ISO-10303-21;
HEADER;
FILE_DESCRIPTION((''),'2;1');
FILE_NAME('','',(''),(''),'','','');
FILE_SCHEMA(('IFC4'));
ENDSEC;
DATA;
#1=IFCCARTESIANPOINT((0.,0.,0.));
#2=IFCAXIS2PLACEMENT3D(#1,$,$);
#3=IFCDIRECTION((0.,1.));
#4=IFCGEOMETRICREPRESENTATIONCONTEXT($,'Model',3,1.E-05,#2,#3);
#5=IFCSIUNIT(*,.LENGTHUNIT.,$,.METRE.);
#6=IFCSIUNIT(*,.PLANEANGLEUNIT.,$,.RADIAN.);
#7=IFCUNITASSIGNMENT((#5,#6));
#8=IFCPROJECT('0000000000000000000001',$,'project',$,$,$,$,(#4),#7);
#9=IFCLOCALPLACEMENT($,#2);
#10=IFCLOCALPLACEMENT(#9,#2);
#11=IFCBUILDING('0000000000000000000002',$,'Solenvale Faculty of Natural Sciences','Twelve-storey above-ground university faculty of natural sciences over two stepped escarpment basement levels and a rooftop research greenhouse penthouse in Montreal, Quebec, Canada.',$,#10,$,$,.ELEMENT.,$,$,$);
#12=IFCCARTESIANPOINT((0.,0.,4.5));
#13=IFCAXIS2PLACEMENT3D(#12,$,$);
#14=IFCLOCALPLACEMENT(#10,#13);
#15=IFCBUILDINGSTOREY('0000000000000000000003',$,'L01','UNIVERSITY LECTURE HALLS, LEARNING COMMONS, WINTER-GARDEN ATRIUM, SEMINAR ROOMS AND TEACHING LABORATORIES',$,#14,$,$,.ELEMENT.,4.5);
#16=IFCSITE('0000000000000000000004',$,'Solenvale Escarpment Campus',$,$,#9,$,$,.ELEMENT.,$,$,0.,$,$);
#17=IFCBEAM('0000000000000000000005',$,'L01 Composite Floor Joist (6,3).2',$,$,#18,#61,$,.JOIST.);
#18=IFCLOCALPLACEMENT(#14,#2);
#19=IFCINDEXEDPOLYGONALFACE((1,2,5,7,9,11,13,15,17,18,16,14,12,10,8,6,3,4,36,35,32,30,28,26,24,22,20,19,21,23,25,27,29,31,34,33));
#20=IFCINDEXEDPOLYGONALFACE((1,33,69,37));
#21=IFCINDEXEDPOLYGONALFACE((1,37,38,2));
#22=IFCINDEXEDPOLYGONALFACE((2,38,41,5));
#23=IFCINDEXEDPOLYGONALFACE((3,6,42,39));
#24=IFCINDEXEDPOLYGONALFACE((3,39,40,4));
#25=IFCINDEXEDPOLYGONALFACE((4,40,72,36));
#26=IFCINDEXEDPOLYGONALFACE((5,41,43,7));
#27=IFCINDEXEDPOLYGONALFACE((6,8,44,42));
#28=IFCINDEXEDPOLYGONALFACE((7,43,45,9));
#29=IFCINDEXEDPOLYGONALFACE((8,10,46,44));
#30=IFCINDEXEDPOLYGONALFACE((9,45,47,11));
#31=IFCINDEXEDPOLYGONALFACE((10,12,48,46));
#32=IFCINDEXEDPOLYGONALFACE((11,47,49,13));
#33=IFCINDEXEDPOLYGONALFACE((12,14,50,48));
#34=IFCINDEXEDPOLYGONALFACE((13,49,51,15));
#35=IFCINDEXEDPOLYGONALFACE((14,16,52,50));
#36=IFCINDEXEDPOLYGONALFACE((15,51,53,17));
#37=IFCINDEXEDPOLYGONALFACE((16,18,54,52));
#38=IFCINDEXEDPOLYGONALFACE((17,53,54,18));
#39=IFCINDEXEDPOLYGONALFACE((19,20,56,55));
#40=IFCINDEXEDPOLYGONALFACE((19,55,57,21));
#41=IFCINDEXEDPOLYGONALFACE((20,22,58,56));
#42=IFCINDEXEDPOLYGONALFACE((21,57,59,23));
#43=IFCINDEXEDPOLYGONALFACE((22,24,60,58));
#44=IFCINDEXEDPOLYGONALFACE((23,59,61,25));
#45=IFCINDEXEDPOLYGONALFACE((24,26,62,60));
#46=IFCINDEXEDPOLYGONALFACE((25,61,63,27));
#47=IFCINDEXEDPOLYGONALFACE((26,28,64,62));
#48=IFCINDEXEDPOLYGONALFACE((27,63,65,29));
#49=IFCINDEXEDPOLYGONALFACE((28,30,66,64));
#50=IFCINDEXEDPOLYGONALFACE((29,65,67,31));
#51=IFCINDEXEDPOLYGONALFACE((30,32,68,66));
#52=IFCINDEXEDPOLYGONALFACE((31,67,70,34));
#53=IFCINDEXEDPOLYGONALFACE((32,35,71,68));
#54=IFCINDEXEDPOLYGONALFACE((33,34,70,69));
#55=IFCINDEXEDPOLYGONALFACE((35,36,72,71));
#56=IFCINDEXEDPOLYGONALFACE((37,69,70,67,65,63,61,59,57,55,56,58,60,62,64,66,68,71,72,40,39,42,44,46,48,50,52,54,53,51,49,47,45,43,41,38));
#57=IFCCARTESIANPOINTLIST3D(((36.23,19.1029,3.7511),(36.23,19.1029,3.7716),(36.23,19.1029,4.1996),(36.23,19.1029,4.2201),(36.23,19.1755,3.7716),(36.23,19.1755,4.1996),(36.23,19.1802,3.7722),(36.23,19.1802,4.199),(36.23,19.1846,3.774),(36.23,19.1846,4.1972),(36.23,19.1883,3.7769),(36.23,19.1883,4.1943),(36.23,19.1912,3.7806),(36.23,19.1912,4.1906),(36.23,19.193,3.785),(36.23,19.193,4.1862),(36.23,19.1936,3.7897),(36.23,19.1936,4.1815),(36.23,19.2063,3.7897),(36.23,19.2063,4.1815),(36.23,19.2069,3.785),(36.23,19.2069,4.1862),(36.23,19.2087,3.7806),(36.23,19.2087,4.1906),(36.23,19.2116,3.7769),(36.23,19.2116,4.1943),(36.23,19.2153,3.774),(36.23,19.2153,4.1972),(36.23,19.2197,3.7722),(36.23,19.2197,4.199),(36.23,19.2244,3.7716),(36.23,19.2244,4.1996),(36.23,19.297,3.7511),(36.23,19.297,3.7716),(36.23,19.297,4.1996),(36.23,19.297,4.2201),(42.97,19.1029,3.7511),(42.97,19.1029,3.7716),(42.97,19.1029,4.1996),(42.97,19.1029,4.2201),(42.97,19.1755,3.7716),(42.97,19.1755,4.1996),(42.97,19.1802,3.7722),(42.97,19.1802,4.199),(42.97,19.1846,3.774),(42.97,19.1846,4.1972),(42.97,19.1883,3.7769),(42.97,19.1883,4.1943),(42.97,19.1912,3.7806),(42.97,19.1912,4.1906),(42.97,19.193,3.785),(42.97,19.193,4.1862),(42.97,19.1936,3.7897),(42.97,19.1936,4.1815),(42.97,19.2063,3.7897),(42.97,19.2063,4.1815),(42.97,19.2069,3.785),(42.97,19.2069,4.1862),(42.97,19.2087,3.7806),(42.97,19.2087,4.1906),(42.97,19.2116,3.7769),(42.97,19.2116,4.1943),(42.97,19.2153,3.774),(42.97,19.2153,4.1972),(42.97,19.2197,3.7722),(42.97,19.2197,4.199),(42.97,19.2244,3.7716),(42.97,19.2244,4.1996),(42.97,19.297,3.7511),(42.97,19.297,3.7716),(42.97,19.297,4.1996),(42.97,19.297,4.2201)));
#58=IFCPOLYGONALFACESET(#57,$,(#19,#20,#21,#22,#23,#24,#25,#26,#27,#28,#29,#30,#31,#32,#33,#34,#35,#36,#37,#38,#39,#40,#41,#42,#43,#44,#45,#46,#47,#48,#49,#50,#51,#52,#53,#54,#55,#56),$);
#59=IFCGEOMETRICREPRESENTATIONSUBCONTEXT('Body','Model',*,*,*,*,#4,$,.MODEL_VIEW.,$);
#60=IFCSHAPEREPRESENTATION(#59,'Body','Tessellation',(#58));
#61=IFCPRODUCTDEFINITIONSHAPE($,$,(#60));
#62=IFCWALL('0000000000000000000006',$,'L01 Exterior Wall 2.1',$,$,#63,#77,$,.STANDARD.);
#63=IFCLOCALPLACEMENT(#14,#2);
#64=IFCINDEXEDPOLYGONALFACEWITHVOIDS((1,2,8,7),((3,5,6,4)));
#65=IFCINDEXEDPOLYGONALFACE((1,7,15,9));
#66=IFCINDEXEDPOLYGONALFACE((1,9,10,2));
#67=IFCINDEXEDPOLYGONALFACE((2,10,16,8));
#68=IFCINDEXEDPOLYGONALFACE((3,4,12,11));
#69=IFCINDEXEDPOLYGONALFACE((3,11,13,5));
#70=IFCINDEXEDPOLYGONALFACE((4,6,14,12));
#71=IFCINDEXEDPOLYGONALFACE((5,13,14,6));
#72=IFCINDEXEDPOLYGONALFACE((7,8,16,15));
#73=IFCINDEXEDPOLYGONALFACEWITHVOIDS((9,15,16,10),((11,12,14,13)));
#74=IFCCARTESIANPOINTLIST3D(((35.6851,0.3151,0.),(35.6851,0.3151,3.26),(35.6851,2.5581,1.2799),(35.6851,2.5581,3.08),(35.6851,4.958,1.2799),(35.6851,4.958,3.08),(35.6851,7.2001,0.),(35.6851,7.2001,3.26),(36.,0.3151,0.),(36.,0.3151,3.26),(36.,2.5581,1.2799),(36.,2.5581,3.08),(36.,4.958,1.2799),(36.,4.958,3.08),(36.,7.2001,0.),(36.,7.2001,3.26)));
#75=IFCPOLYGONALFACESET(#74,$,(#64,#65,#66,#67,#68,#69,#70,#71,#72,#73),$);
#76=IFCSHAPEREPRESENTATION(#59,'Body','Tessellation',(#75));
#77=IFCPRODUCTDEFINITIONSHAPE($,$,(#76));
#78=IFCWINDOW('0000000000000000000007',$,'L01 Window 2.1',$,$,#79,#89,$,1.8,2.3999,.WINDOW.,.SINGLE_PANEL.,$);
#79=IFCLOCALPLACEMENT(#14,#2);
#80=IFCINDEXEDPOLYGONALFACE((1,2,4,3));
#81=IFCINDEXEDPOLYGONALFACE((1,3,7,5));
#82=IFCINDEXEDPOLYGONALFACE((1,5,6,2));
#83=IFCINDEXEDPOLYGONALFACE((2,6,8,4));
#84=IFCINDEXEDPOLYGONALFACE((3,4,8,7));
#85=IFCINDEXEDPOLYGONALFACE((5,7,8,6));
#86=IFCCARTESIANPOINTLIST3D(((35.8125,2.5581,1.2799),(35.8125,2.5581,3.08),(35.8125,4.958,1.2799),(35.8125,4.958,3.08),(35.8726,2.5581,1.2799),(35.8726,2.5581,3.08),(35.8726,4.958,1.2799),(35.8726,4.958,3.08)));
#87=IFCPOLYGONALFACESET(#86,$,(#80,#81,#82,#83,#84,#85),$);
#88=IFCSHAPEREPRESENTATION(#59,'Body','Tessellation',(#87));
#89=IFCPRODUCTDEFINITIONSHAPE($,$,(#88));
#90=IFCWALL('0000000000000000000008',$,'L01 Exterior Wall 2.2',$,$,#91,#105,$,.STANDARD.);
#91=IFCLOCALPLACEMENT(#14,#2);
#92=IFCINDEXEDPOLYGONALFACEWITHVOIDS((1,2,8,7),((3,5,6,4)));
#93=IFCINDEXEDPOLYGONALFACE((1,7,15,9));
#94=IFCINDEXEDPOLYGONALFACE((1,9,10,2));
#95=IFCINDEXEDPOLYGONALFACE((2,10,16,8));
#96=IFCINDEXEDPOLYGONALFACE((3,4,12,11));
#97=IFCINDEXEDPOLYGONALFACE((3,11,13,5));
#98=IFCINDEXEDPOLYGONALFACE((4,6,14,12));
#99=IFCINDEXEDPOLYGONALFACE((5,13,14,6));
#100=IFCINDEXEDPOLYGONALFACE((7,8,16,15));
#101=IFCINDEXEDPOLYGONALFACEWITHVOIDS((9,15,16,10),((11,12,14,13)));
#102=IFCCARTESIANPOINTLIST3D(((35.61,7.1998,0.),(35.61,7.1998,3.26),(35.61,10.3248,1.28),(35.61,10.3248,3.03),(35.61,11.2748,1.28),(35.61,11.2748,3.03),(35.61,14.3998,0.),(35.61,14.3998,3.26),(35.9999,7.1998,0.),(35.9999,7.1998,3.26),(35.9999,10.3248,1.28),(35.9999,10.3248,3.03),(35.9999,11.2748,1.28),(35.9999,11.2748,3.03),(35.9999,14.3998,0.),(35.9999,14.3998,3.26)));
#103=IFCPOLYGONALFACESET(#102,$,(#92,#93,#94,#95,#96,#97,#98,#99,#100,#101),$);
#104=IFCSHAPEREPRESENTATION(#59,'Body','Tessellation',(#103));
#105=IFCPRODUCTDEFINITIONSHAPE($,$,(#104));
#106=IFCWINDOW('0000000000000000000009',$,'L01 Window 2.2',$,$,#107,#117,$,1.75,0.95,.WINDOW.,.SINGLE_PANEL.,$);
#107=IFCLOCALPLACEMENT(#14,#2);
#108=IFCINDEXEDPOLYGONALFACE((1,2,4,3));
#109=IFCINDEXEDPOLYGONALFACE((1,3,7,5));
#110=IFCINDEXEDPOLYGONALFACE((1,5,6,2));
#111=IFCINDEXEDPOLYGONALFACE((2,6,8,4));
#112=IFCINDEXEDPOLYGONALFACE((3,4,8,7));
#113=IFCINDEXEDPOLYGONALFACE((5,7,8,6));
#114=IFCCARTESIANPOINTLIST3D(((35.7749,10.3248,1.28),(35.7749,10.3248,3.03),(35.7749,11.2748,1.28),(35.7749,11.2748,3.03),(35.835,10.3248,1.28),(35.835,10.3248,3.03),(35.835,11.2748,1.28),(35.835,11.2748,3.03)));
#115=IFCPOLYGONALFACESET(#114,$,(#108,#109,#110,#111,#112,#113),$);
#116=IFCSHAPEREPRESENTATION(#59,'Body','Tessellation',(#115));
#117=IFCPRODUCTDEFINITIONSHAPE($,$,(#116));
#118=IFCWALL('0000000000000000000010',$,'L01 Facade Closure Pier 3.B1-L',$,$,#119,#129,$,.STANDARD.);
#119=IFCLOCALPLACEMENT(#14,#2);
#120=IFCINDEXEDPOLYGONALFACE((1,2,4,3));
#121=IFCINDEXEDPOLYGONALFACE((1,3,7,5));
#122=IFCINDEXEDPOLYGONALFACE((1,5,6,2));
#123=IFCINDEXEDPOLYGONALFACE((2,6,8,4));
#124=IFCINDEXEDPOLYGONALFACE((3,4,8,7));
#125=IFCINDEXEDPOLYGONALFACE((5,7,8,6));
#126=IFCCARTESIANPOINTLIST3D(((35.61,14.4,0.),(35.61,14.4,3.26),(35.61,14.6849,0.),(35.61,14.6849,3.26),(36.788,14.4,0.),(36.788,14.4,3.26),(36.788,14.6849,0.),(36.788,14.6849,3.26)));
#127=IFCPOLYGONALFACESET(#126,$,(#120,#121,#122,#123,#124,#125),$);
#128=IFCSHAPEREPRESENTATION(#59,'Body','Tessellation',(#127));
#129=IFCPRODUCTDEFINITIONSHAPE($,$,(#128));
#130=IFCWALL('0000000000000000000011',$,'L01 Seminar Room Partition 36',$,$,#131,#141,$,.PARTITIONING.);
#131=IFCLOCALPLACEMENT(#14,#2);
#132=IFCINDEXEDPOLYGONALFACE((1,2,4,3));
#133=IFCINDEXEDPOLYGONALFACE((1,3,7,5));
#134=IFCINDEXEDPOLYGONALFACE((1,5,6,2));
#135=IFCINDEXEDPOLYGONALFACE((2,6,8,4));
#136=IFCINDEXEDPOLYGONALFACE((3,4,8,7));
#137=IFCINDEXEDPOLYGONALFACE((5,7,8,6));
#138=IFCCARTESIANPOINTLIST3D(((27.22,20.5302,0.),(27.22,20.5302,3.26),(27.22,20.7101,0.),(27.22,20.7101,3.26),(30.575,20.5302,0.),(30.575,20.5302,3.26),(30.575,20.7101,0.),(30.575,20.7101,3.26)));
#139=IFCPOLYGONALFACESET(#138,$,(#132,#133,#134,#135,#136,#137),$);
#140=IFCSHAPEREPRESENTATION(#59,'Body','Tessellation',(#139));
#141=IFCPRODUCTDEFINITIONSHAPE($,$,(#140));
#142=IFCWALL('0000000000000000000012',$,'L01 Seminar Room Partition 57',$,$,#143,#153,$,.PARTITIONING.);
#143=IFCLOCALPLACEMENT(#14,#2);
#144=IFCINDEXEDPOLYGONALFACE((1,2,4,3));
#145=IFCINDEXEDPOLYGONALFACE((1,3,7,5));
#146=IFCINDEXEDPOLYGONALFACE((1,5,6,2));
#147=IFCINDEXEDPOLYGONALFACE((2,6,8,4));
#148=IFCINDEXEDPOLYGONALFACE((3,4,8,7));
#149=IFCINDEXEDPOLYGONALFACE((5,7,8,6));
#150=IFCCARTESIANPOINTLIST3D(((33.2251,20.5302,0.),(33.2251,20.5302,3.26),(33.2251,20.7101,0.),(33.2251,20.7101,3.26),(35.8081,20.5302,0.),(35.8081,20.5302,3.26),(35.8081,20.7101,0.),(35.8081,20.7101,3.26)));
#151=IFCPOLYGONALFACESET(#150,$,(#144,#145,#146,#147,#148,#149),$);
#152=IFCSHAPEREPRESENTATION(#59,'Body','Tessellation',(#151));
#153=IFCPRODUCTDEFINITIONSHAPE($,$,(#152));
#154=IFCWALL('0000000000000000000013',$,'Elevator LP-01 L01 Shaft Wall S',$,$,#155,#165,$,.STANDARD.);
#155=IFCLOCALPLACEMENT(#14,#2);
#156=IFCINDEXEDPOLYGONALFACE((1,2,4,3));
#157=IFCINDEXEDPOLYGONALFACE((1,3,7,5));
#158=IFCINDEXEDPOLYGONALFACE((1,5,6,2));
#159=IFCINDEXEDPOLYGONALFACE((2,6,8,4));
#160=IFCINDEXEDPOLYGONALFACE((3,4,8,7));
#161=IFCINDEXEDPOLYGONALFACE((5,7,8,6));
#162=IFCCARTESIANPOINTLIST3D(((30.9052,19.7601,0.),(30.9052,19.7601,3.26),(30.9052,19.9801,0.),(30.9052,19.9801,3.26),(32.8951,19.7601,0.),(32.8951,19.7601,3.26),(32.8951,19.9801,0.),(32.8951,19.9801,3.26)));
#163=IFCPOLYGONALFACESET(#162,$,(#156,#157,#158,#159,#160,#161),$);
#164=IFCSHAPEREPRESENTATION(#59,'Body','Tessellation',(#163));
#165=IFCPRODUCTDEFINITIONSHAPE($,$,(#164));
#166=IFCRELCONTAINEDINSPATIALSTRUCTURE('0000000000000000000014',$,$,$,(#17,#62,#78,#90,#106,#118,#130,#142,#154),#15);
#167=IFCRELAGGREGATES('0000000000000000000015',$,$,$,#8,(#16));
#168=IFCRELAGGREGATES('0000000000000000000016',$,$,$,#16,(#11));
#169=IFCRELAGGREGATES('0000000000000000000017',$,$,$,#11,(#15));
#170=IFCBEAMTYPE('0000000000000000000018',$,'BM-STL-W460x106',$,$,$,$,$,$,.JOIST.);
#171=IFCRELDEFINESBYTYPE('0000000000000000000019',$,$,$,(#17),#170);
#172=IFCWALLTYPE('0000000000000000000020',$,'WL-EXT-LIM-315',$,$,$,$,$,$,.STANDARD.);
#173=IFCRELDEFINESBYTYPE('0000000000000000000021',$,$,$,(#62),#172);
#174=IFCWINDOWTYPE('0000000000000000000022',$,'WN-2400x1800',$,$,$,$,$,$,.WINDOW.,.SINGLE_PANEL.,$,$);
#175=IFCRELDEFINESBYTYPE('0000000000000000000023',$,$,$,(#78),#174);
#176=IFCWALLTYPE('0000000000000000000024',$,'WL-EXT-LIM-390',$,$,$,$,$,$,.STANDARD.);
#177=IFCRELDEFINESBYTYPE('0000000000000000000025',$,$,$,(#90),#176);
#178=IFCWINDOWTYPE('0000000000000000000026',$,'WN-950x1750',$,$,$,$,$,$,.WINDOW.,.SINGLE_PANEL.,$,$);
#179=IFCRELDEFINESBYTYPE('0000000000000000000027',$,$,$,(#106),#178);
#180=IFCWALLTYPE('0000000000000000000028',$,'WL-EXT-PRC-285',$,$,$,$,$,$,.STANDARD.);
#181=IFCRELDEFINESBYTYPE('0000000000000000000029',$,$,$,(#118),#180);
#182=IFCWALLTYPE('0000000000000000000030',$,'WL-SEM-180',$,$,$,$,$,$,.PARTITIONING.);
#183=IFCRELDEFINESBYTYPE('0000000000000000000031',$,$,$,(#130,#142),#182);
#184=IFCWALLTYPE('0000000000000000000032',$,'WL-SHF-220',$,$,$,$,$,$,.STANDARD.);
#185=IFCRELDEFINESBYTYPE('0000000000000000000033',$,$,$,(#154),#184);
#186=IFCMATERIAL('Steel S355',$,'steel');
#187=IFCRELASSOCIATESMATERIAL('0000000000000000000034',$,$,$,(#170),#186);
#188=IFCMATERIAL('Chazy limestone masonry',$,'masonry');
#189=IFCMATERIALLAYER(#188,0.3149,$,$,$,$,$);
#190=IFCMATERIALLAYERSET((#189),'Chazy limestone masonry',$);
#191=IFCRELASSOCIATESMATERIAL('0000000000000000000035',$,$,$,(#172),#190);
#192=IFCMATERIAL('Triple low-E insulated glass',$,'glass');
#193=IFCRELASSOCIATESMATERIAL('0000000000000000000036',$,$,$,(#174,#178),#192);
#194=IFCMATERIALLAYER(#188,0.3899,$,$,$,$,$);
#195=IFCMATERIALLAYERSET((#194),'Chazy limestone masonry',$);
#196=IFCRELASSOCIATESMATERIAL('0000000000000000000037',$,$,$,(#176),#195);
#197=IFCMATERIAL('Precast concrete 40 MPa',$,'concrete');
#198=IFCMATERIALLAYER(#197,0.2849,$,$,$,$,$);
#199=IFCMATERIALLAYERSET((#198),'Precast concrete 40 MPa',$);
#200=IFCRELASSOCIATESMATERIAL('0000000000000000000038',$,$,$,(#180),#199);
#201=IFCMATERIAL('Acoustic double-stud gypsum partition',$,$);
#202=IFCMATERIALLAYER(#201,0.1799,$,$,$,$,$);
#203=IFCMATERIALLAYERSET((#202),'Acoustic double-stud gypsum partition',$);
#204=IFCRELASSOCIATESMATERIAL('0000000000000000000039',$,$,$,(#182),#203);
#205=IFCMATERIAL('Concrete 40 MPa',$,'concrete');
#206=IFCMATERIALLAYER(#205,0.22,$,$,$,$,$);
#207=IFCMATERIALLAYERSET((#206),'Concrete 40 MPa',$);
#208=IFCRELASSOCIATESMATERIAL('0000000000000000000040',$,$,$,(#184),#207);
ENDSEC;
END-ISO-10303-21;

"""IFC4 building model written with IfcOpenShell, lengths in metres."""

from ifc_helpers import new_model, si_unit, direction, frame, frame_2d, origin, origin_2d, place, context, subcontext, project, spatial, rectangle, i_section, extrude, material, layer, layer_set, material_profile, profile_set, type_object, element, fill, save


model = new_model("IFC4")

# Units and contexts
model_context = context("Model", 3, precision=1e-05, world=origin(), true_north=direction((0.0, 1.0)))
body_context = subcontext(model_context, "Body", "Model", "MODEL_VIEW")
ifc_project = project(units=[si_unit("LENGTHUNIT", "METRE"), si_unit("PLANEANGLEUNIT", "RADIAN")], contexts=[model_context])

# Site, building, storey
site_placement = place(None, origin())
site = spatial("IfcSite", under=ifc_project, at=site_placement, Name="Solenvale Escarpment Campus", CompositionType="ELEMENT", RefElevation=0.0)
building_placement = place(site_placement, origin())
building = spatial("IfcBuilding", under=site, at=building_placement, Name="Solenvale Faculty of Natural Sciences", Description="Twelve-storey above-ground university faculty of natural sciences over two stepped escarpment basement levels and a rooftop research greenhouse penthouse in Montreal, Quebec, Canada.", CompositionType="ELEMENT")
storey_placement = place(building_placement, frame((0.0, 0.0, 4.5)))
storey = spatial("IfcBuildingStorey", under=building, at=storey_placement, Name="L01", Description="UNIVERSITY LECTURE HALLS, LEARNING COMMONS, WINTER-GARDEN ATRIUM, SEMINAR ROOMS AND TEACHING LABORATORIES", CompositionType="ELEMENT", Elevation=4.5)

# Beam
ifc_material_1 = material(Name="Concrete 40 MPa", Category="concrete")
ifc_material_2 = material(Name="Steel S355", Category="steel")
ifc_material_profile_1 = material_profile(ifc_material_2, i_section(OverallWidth=0.1941, OverallDepth=0.469, WebThickness=0.0127, FlangeThickness=0.0205, FilletRadius=0.0181, at=origin_2d()), Name="W460x106")
ifc_profile_set_1 = profile_set([ifc_material_profile_1], Name="Steel S355")
beam_type_1 = type_object("IfcBeamType", Name="BM-STL-W460x106", PredefinedType="JOIST", material=ifc_profile_set_1)
for number, where, z_axis, x_axis, name in (
    (1, (36.23, 19.2, 3.9856), (1.0, 0.0, 0.0), (0.0, 1.0, 0.0), "L01 Composite Floor Joist (6,3).2"),
):
    element("IfcBeam", number, at=place(storey_placement, frame(where, z_axis=z_axis, x_axis=x_axis)), inside=storey, type_object=beam_type_1, Name=name, PredefinedType="JOIST", context=body_context, shape_type="SweptSolid", body=[
        extrude(i_section(OverallWidth=0.1941, OverallDepth=0.469, WebThickness=0.0127, FlangeThickness=0.0205, FilletRadius=0.0181, at=origin_2d()), origin(), (0.0, 0.0, 1.0), 6.74),
    ])

# Walls, openings, windows
ifc_material_3 = material(Name="Chazy limestone masonry", Category="masonry")
ifc_layer_1 = layer(ifc_material_3, 0.3149)
ifc_layer_set_1 = layer_set([ifc_layer_1], Name="Chazy limestone masonry")
wall_type_1 = type_object("IfcWallType", Name="WL-EXT-LIM-315", PredefinedType="STANDARD", material=ifc_layer_set_1)
wall_1_placement = place(storey_placement, frame((35.8425, 7.2, 0.0), z_axis=(0.0, 0.0, 1.0), x_axis=(0.0, -1.0, 0.0)))
wall_1 = element("IfcWall", 2, at=wall_1_placement, inside=storey, type_object=wall_type_1, Name="L01 Exterior Wall 2.1", PredefinedType="STANDARD", context=body_context, shape_type="SweptSolid", body=[
    extrude(rectangle(XDim=6.885, YDim=0.3149, at=frame_2d((3.4424, 0.0))), origin(), (0.0, 0.0, 1.0), 3.26),
])
opening_1_placement = place(wall_1_placement, frame((2.2419, 0.0, 1.28)))
opening_1 = element("IfcOpeningElement", 3, at=opening_1_placement, cuts=wall_1, PredefinedType="OPENING", context=body_context, shape_type="SweptSolid", body=[
    extrude(rectangle(XDim=2.3999, YDim=1.8, at=frame_2d((1.2, 0.8999))), frame((0.0, 0.1675, 0.0), z_axis=(0.0, -1.0, 0.0), x_axis=(1.0, 0.0, 0.0)), (0.0, 0.0, 1.0), 0.335),
])
ifc_material_4 = material(Name="Triple low-E insulated glass", Category="glass")
window_type_1 = type_object("IfcWindowType", Name="WN-2400x1800", PartitioningType="SINGLE_PANEL", PredefinedType="WINDOW", material=ifc_material_4)
window_1_placement = place(opening_1_placement, origin())
window_1 = element("IfcWindow", 4, at=window_1_placement, inside=storey, type_object=window_type_1, Name="L01 Window 2.1", OverallHeight=1.8, OverallWidth=2.3999, PartitioningType="SINGLE_PANEL", PredefinedType="WINDOW", context=body_context, shape_type="SweptSolid", body=[
    extrude(rectangle(XDim=2.3999, YDim=1.8, at=frame_2d((1.2, 0.8999))), frame((0.0, 0.03, 0.0), z_axis=(0.0, -1.0, 0.0), x_axis=(1.0, 0.0, 0.0)), (0.0, 0.0, 1.0), 0.0601),
])
fill(opening_1, window_1)
ifc_layer_2 = layer(ifc_material_3, 0.3899)
ifc_layer_set_2 = layer_set([ifc_layer_2], Name="Chazy limestone masonry")
wall_type_2 = type_object("IfcWallType", Name="WL-EXT-LIM-390", PredefinedType="STANDARD", material=ifc_layer_set_2)
wall_2_placement = place(storey_placement, frame((35.8049, 14.3999, 0.0), z_axis=(0.0, 0.0, 1.0), x_axis=(0.0, -1.0, 0.0)))
wall_2 = element("IfcWall", 5, at=wall_2_placement, inside=storey, type_object=wall_type_2, Name="L01 Exterior Wall 2.2", PredefinedType="STANDARD", context=body_context, shape_type="SweptSolid", body=[
    extrude(rectangle(XDim=7.2, YDim=0.3899, at=frame_2d((3.6001, 0.0))), origin(), (0.0, 0.0, 1.0), 3.26),
])
opening_2_placement = place(wall_2_placement, frame((3.125, 0.0, 1.28)))
opening_2 = element("IfcOpeningElement", 6, at=opening_2_placement, cuts=wall_2, PredefinedType="OPENING", context=body_context, shape_type="SweptSolid", body=[
    extrude(rectangle(XDim=0.95, YDim=1.75, at=frame_2d((0.4751, 0.875))), frame((0.0, 0.2048, 0.0), z_axis=(0.0, -1.0, 0.0), x_axis=(1.0, 0.0, 0.0)), (0.0, 0.0, 1.0), 0.4099),
])
window_type_2 = type_object("IfcWindowType", Name="WN-950x1750", PartitioningType="SINGLE_PANEL", PredefinedType="WINDOW", material=ifc_material_4)
window_2_placement = place(opening_2_placement, origin())
window_2 = element("IfcWindow", 7, at=window_2_placement, inside=storey, type_object=window_type_2, Name="L01 Window 2.2", OverallHeight=1.75, OverallWidth=0.95, PartitioningType="SINGLE_PANEL", PredefinedType="WINDOW", context=body_context, shape_type="SweptSolid", body=[
    extrude(rectangle(XDim=0.95, YDim=1.75, at=frame_2d((0.4751, 0.875))), frame((0.0, 0.03, 0.0), z_axis=(0.0, -1.0, 0.0), x_axis=(1.0, 0.0, 0.0)), (0.0, 0.0, 1.0), 0.0601),
])
fill(opening_2, window_2)

# Walls
ifc_material_5 = material(Name="Precast concrete 40 MPa", Category="concrete")
ifc_layer_3 = layer(ifc_material_5, 0.2849)
ifc_layer_set_3 = layer_set([ifc_layer_3], Name="Precast concrete 40 MPa")
wall_type_3 = type_object("IfcWallType", Name="WL-EXT-PRC-285", PredefinedType="STANDARD", material=ifc_layer_set_3)
wall_3_placement = place(storey_placement, frame((35.6101, 14.5425, 0.0), z_axis=(0.0, 0.0, 1.0), x_axis=(1.0, 0.0, 0.0)))
element("IfcWall", 8, at=wall_3_placement, inside=storey, type_object=wall_type_3, Name="L01 Facade Closure Pier 3.B1-L", PredefinedType="STANDARD", context=body_context, shape_type="SweptSolid", body=[
    extrude(rectangle(XDim=1.178, YDim=0.2849, at=frame_2d((0.5889, 0.0))), origin(), (0.0, 0.0, 1.0), 3.26),
])
ifc_material_6 = material(Name="Acoustic double-stud gypsum partition")
ifc_layer_4 = layer(ifc_material_6, 0.1799)
ifc_layer_set_4 = layer_set([ifc_layer_4], Name="Acoustic double-stud gypsum partition")
wall_type_4 = type_object("IfcWallType", Name="WL-SEM-180", PredefinedType="PARTITIONING", material=ifc_layer_set_4)
wall_4_placement = place(storey_placement, frame((30.575, 20.6201, 0.0), z_axis=(0.0, 0.0, 1.0), x_axis=(-1.0, 0.0, 0.0)))
element("IfcWall", 9, at=wall_4_placement, inside=storey, type_object=wall_type_4, Name="L01 Seminar Room Partition 36", PredefinedType="PARTITIONING", context=body_context, shape_type="SweptSolid", body=[
    extrude(rectangle(XDim=3.355, YDim=0.1799, at=frame_2d((1.6775, 0.0))), origin(), (0.0, 0.0, 1.0), 3.26),
])
wall_5_placement = place(storey_placement, frame((35.8081, 20.6201, 0.0), z_axis=(0.0, 0.0, 1.0), x_axis=(-1.0, 0.0, 0.0)))
element("IfcWall", 10, at=wall_5_placement, inside=storey, type_object=wall_type_4, Name="L01 Seminar Room Partition 57", PredefinedType="PARTITIONING", context=body_context, shape_type="SweptSolid", body=[
    extrude(rectangle(XDim=2.583, YDim=0.1799, at=frame_2d((1.2915, 0.0))), origin(), (0.0, 0.0, 1.0), 3.26),
])
ifc_layer_5 = layer(ifc_material_1, 0.22)
ifc_layer_set_5 = layer_set([ifc_layer_5], Name="Concrete 40 MPa")
wall_type_5 = type_object("IfcWallType", Name="WL-SHF-220", PredefinedType="STANDARD", material=ifc_layer_set_5)
wall_6_placement = place(storey_placement, frame((30.905, 19.8701, 0.0), z_axis=(0.0, 0.0, 1.0), x_axis=(1.0, 0.0, 0.0)))
element("IfcWall", 11, at=wall_6_placement, inside=storey, type_object=wall_type_5, Name="Elevator LP-01 L01 Shaft Wall S", PredefinedType="STANDARD", context=body_context, shape_type="SweptSolid", body=[
    extrude(rectangle(XDim=1.99, YDim=0.22, at=frame_2d((0.9951, 0.0))), origin(), (0.0, 0.0, 1.0), 3.26),
])

save(model, "model.ifc")
